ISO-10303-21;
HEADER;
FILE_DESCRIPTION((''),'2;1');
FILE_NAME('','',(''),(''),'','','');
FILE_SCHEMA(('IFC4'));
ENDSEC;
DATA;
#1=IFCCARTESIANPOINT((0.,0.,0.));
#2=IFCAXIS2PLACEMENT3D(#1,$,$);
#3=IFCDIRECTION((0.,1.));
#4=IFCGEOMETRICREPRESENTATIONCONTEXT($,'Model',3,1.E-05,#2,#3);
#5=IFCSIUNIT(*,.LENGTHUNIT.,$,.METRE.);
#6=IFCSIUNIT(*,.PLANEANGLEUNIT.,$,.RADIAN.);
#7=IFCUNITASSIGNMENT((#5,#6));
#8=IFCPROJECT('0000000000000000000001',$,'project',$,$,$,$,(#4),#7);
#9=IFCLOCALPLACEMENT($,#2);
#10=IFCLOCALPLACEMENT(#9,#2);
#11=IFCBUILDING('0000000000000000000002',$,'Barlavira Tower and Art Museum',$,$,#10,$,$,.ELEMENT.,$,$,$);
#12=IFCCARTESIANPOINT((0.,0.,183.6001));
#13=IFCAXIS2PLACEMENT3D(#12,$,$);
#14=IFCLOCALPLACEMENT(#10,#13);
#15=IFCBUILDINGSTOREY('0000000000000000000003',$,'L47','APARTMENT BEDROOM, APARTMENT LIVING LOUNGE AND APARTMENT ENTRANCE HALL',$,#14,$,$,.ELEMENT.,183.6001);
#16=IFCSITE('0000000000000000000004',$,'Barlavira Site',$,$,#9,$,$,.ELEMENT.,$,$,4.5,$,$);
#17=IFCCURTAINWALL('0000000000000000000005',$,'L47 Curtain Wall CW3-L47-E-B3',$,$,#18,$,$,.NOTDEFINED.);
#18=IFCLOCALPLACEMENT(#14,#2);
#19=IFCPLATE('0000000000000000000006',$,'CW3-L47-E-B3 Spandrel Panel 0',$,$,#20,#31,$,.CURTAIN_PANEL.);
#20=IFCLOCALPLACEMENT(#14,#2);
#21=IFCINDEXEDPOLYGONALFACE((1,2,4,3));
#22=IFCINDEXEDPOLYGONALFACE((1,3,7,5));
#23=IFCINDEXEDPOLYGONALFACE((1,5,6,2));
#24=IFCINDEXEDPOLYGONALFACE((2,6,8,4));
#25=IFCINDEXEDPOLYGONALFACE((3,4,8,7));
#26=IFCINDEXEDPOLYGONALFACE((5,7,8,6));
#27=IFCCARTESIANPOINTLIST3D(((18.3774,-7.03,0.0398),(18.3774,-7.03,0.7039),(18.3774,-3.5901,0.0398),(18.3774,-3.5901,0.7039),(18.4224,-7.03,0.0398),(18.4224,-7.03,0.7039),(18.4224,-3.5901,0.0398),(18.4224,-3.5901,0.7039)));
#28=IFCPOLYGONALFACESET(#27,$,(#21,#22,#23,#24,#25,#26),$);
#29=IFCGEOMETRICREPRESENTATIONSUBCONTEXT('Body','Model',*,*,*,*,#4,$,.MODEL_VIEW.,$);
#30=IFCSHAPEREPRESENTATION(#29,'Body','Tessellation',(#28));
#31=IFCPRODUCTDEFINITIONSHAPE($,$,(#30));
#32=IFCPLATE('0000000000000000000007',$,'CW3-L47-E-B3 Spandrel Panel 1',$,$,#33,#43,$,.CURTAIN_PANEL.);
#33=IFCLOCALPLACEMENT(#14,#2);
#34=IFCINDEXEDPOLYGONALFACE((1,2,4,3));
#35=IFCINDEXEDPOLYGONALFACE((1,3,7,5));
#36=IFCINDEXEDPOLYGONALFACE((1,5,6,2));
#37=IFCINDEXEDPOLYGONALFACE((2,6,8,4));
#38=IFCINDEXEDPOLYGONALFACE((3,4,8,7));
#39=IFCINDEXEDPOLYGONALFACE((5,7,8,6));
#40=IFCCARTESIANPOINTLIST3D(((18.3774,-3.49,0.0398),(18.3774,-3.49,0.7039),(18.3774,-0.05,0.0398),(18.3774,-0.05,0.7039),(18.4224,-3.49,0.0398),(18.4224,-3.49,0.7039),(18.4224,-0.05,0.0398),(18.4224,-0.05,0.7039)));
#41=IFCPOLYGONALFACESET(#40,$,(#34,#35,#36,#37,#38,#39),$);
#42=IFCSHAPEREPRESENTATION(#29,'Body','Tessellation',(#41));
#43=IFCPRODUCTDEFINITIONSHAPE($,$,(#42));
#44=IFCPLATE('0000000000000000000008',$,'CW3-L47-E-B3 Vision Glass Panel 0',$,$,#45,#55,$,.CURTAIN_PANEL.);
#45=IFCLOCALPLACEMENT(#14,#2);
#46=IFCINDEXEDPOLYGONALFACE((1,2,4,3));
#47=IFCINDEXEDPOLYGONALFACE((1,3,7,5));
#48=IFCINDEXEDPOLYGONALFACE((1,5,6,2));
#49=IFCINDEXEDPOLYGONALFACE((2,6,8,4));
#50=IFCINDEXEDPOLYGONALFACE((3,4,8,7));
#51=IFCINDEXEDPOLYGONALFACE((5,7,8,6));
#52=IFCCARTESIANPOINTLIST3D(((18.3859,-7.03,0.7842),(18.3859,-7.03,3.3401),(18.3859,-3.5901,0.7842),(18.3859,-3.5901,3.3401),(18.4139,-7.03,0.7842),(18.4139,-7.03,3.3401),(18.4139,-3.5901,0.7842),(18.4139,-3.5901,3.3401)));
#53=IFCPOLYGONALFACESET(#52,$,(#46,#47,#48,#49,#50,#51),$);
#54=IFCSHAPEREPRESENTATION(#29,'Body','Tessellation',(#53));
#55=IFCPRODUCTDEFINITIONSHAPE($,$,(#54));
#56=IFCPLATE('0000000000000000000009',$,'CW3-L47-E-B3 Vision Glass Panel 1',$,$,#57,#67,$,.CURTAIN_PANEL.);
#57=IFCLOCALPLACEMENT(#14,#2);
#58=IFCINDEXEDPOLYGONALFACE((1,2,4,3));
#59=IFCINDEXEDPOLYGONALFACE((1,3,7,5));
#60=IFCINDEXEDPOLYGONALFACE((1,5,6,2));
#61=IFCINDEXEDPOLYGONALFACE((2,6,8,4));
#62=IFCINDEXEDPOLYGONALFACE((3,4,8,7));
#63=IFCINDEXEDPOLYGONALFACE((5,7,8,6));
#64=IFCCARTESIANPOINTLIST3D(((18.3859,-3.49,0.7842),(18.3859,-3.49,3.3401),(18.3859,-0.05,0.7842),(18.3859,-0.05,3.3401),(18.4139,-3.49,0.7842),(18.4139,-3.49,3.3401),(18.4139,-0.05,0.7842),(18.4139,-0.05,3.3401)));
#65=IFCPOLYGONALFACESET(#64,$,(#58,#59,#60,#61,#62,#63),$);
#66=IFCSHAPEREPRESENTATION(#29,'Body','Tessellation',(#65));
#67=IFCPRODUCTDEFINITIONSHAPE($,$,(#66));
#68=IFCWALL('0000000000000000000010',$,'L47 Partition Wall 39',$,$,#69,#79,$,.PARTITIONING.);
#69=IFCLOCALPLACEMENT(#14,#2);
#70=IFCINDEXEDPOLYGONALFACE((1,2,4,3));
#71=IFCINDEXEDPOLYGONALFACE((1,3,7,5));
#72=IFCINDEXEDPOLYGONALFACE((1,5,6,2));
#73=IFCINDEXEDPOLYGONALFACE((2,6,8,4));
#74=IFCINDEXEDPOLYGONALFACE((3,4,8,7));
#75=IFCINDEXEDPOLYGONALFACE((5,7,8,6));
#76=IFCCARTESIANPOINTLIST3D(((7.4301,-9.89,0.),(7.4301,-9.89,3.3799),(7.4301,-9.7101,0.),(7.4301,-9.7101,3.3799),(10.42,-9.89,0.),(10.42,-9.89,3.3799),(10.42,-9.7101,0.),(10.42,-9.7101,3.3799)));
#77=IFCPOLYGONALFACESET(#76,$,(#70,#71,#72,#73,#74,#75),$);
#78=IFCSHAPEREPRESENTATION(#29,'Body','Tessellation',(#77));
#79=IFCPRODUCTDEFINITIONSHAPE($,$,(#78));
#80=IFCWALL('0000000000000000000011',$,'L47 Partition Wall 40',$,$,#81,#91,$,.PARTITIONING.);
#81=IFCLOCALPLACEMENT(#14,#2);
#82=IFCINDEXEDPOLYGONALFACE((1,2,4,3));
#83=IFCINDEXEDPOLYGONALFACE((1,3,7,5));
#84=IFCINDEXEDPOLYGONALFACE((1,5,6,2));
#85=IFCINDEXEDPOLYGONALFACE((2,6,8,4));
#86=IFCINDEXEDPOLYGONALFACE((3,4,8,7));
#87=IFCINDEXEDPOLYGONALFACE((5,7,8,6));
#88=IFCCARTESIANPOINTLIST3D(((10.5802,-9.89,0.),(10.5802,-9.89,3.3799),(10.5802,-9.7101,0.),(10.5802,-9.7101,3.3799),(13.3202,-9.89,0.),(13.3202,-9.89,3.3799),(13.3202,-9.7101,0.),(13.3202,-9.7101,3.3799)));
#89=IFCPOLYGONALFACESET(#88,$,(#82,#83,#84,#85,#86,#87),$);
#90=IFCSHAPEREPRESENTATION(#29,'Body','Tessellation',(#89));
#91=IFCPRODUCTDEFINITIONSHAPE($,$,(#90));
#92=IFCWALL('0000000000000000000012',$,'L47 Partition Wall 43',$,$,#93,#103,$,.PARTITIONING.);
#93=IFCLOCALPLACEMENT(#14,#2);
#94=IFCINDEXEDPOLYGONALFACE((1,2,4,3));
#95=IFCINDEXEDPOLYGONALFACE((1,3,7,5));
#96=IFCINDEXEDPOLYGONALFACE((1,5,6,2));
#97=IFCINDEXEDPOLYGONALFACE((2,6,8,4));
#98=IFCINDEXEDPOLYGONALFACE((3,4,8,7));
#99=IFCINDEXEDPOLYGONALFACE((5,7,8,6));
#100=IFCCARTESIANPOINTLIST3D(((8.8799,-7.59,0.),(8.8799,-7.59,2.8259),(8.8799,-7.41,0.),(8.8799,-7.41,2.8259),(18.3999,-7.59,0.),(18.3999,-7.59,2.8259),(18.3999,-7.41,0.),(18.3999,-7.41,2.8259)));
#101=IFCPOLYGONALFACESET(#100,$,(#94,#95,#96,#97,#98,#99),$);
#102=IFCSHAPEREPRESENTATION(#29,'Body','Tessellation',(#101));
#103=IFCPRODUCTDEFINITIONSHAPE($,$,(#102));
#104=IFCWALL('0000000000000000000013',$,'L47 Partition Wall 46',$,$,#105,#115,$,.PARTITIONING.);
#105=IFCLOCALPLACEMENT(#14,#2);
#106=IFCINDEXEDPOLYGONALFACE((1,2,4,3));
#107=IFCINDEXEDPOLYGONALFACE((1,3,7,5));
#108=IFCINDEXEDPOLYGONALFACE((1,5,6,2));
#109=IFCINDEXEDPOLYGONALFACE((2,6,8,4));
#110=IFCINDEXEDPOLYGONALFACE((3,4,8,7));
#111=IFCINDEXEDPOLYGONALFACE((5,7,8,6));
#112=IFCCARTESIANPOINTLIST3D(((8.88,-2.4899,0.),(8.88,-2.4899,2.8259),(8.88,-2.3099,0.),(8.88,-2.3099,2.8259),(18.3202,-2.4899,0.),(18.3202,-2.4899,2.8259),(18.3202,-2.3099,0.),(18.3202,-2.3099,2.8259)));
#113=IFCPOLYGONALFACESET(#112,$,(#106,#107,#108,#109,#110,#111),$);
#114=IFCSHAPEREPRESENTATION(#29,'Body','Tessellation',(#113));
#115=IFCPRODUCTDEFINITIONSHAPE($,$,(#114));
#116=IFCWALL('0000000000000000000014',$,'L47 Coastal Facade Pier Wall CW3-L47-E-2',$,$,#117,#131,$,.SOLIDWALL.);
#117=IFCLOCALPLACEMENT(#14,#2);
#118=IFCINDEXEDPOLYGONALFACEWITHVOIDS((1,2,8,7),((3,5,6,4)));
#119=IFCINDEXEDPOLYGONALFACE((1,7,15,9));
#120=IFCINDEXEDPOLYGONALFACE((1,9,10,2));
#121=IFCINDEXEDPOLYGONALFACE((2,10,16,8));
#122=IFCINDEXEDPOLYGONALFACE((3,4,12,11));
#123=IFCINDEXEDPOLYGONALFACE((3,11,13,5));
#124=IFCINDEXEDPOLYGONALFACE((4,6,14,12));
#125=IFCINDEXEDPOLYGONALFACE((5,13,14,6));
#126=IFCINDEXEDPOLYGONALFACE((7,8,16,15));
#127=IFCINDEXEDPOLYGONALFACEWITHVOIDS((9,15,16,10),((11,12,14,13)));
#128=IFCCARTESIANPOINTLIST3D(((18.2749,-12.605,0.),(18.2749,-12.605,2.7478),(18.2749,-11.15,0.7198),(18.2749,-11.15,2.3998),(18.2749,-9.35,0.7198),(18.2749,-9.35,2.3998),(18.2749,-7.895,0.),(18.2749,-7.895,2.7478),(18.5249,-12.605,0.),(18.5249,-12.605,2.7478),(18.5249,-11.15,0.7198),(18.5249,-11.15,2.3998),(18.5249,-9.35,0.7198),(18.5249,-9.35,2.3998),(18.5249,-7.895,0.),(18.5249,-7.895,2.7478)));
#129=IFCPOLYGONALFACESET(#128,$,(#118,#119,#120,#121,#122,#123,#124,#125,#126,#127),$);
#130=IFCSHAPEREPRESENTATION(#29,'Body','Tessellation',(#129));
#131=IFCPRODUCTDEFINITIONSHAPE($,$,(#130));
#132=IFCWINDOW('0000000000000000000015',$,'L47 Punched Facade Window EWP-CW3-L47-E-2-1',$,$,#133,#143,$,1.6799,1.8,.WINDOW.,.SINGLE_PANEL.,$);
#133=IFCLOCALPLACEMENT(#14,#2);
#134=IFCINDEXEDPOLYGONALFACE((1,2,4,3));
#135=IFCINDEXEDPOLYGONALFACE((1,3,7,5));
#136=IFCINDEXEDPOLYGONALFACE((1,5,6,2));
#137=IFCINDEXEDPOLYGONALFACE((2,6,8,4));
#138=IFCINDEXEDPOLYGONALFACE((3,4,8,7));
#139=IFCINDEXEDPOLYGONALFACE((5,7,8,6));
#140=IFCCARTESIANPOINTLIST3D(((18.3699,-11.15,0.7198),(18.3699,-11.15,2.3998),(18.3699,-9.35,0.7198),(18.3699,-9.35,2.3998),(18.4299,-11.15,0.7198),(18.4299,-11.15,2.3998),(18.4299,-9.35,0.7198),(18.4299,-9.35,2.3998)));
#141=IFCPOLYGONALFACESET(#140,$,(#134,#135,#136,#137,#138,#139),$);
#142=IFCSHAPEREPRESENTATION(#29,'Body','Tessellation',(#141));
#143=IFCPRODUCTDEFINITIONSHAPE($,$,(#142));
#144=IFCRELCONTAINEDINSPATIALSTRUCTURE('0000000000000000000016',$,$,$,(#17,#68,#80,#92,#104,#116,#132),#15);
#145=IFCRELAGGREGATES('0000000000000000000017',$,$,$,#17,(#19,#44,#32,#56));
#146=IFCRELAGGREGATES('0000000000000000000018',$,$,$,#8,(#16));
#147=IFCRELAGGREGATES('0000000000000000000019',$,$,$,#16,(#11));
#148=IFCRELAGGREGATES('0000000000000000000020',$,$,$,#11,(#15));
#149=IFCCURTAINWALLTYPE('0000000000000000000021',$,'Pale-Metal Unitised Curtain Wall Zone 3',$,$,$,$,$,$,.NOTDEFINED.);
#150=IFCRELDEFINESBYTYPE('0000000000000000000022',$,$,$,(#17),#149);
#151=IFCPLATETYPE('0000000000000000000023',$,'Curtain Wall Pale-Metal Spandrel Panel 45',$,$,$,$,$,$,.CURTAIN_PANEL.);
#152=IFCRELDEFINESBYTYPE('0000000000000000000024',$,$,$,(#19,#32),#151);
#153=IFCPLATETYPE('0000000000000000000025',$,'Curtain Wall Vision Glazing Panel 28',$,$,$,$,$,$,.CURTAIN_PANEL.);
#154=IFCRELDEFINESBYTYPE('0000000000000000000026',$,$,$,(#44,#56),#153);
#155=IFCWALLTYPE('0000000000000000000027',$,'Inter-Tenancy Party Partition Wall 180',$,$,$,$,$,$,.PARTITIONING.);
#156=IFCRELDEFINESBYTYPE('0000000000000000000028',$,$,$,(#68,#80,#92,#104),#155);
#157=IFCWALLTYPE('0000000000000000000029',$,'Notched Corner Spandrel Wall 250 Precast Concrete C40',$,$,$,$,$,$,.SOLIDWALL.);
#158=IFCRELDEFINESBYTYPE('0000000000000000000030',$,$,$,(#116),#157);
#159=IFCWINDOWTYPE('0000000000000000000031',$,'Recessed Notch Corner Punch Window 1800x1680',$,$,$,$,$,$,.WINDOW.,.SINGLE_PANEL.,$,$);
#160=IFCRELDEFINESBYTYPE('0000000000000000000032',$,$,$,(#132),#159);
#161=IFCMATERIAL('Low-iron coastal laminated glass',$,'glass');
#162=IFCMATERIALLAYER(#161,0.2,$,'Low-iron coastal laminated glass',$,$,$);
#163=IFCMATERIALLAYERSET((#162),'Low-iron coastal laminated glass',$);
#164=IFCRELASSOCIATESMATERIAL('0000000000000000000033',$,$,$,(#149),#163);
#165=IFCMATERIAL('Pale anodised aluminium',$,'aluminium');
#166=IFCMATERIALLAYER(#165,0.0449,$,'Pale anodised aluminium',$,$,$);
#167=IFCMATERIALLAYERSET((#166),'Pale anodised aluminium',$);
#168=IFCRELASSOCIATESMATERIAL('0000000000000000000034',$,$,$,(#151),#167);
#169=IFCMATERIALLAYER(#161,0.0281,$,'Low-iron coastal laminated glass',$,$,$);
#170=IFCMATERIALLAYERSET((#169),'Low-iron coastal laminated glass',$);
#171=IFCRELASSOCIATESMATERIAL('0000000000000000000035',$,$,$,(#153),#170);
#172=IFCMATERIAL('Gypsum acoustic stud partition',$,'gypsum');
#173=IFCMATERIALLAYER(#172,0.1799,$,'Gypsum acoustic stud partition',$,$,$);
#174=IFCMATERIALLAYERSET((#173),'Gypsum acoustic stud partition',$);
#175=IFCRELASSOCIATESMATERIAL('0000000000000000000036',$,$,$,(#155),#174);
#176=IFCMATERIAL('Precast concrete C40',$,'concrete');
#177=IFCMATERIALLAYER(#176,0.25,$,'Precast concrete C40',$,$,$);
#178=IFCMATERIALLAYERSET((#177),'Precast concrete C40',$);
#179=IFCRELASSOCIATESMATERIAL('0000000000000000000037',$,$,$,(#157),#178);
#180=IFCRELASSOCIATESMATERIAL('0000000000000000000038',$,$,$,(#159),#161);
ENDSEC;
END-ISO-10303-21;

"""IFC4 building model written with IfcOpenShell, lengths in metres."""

from ifc_helpers import new_model, si_unit, direction, frame, frame_2d, origin, origin_2d, place, context, subcontext, project, spatial, rectangle, extrude, material, layer, layer_set, type_object, element, fill, aggregate, save


model = new_model("IFC4")

# Units and contexts
model_context = context("Model", 3, precision=1e-05, world=origin(), true_north=direction((0.0, 1.0)))
body_context = subcontext(model_context, "Body", "Model", "MODEL_VIEW")
ifc_project = project(units=[si_unit("LENGTHUNIT", "METRE"), si_unit("PLANEANGLEUNIT", "RADIAN")], contexts=[model_context])

# Site, building, storey
site_placement = place(None, origin())
site = spatial("IfcSite", under=ifc_project, at=site_placement, Name="Barlavira Site", CompositionType="ELEMENT", RefElevation=4.5)
building_placement = place(site_placement, origin())
building = spatial("IfcBuilding", under=site, at=building_placement, Name="Barlavira Tower and Art Museum", CompositionType="ELEMENT")
storey_placement = place(building_placement, frame((0.0, 0.0, 183.6001)))
storey = spatial("IfcBuildingStorey", under=building, at=storey_placement, Name="L47", Description="APARTMENT BEDROOM, APARTMENT LIVING LOUNGE AND APARTMENT ENTRANCE HALL", CompositionType="ELEMENT", Elevation=183.6001)

# Curtain wall
ifc_material_1 = material(Name="Low-iron coastal laminated glass", Category="glass")
ifc_layer_1 = layer(ifc_material_1, 0.2, Name="Low-iron coastal laminated glass")
ifc_layer_set_1 = layer_set([ifc_layer_1], Name="Low-iron coastal laminated glass")
curtain_wall_type = type_object("IfcCurtainWallType", Name="Pale-Metal Unitised Curtain Wall Zone 3", PredefinedType="NOTDEFINED", material=ifc_layer_set_1)
curtain_wall_placement = place(storey_placement, origin())
curtain_wall = element("IfcCurtainWall", 1, at=curtain_wall_placement, inside=storey, type_object=curtain_wall_type, Name="L47 Curtain Wall CW3-L47-E-B3", PredefinedType="NOTDEFINED")
ifc_material_2 = material(Name="Pale anodised aluminium", Category="aluminium")

# Plates
ifc_layer_2 = layer(ifc_material_2, 0.0449, Name="Pale anodised aluminium")
ifc_layer_set_2 = layer_set([ifc_layer_2], Name="Pale anodised aluminium")
plate_type_1 = type_object("IfcPlateType", Name="Curtain Wall Pale-Metal Spandrel Panel 45", PredefinedType="CURTAIN_PANEL", material=ifc_layer_set_2)
plate_1_placement = place(storey_placement, frame((18.3999, -5.3101, 0.0398), z_axis=(0.0, 0.0, 1.0), x_axis=(0.0, 1.0, 0.0)))
plate_1 = element("IfcPlate", 2, at=plate_1_placement, type_object=plate_type_1, Name="CW3-L47-E-B3 Spandrel Panel 0", PredefinedType="CURTAIN_PANEL", context=body_context, shape_type="SweptSolid", body=[
    extrude(rectangle(XDim=3.4399, YDim=0.0449, at=origin_2d()), origin(), (0.0, 0.0, 1.0), 0.6641),
])
plate_2_placement = place(storey_placement, frame((18.3999, -1.77, 0.0398), z_axis=(0.0, 0.0, 1.0), x_axis=(0.0, 1.0, 0.0)))
plate_2 = element("IfcPlate", 3, at=plate_2_placement, type_object=plate_type_1, Name="CW3-L47-E-B3 Spandrel Panel 1", PredefinedType="CURTAIN_PANEL", context=body_context, shape_type="SweptSolid", body=[
    extrude(rectangle(XDim=3.4399, YDim=0.0449, at=origin_2d()), origin(), (0.0, 0.0, 1.0), 0.6641),
])
ifc_layer_3 = layer(ifc_material_1, 0.0281, Name="Low-iron coastal laminated glass")
ifc_layer_set_3 = layer_set([ifc_layer_3], Name="Low-iron coastal laminated glass")
plate_type_2 = type_object("IfcPlateType", Name="Curtain Wall Vision Glazing Panel 28", PredefinedType="CURTAIN_PANEL", material=ifc_layer_set_3)
plate_3_placement = place(storey_placement, frame((18.3999, -5.3101, 0.7842), z_axis=(0.0, 0.0, 1.0), x_axis=(0.0, 1.0, 0.0)))
plate_3 = element("IfcPlate", 4, at=plate_3_placement, type_object=plate_type_2, Name="CW3-L47-E-B3 Vision Glass Panel 0", PredefinedType="CURTAIN_PANEL", context=body_context, shape_type="SweptSolid", body=[
    extrude(rectangle(XDim=3.4399, YDim=0.0281, at=origin_2d()), origin(), (0.0, 0.0, 1.0), 2.5559),
])
plate_4_placement = place(storey_placement, frame((18.3999, -1.77, 0.7842), z_axis=(0.0, 0.0, 1.0), x_axis=(0.0, 1.0, 0.0)))
plate_4 = element("IfcPlate", 5, at=plate_4_placement, type_object=plate_type_2, Name="CW3-L47-E-B3 Vision Glass Panel 1", PredefinedType="CURTAIN_PANEL", context=body_context, shape_type="SweptSolid", body=[
    extrude(rectangle(XDim=3.4399, YDim=0.0281, at=origin_2d()), origin(), (0.0, 0.0, 1.0), 2.5559),
])
aggregate(curtain_wall, [plate_1, plate_3, plate_2, plate_4])

# Shared definitions
ifc_material_3 = material(Name="Gypsum acoustic stud partition", Category="gypsum")
ifc_layer_4 = layer(ifc_material_3, 0.1799, Name="Gypsum acoustic stud partition")
ifc_layer_set_4 = layer_set([ifc_layer_4], Name="Gypsum acoustic stud partition")
wall_type_1 = type_object("IfcWallType", Name="Inter-Tenancy Party Partition Wall 180", PredefinedType="PARTITIONING", material=ifc_layer_set_4)

# Walls
wall_1_placement = place(storey_placement, frame((7.4299, -9.8, 0.0), z_axis=(0.0, 0.0, 1.0), x_axis=(1.0, 0.0, 0.0)))
element("IfcWall", 6, at=wall_1_placement, inside=storey, type_object=wall_type_1, Name="L47 Partition Wall 39", PredefinedType="PARTITIONING", context=body_context, shape_type="SweptSolid", body=[
    extrude(rectangle(XDim=2.99, YDim=0.1799, at=frame_2d((1.4951, 0.0))), origin(), (0.0, 0.0, 1.0), 3.3799),
])
wall_2_placement = place(storey_placement, frame((10.5801, -9.8, 0.0), z_axis=(0.0, 0.0, 1.0), x_axis=(1.0, 0.0, 0.0)))
element("IfcWall", 7, at=wall_2_placement, inside=storey, type_object=wall_type_1, Name="L47 Partition Wall 40", PredefinedType="PARTITIONING", context=body_context, shape_type="SweptSolid", body=[
    extrude(rectangle(XDim=2.74, YDim=0.1799, at=frame_2d((1.3701, 0.0))), origin(), (0.0, 0.0, 1.0), 3.3799),
])
wall_3_placement = place(storey_placement, frame((8.8799, -7.5, 0.0), z_axis=(0.0, 0.0, 1.0), x_axis=(1.0, 0.0, 0.0)))
element("IfcWall", 8, at=wall_3_placement, inside=storey, type_object=wall_type_1, Name="L47 Partition Wall 43", PredefinedType="PARTITIONING", context=body_context, shape_type="SweptSolid", body=[
    extrude(rectangle(XDim=9.52, YDim=0.1799, at=frame_2d((4.76, 0.0))), origin(), (0.0, 0.0, 1.0), 2.8259),
])
wall_4_placement = place(storey_placement, frame((8.8799, -2.3999, 0.0), z_axis=(0.0, 0.0, 1.0), x_axis=(1.0, 0.0, 0.0)))
element("IfcWall", 9, at=wall_4_placement, inside=storey, type_object=wall_type_1, Name="L47 Partition Wall 46", PredefinedType="PARTITIONING", context=body_context, shape_type="SweptSolid", body=[
    extrude(rectangle(XDim=9.4402, YDim=0.1799, at=frame_2d((4.7202, 0.0))), origin(), (0.0, 0.0, 1.0), 2.8259),
])

# Wall, opening, window
ifc_material_4 = material(Name="Precast concrete C40", Category="concrete")
ifc_layer_5 = layer(ifc_material_4, 0.25, Name="Precast concrete C40")
ifc_layer_set_5 = layer_set([ifc_layer_5], Name="Precast concrete C40")
wall_type_2 = type_object("IfcWallType", Name="Notched Corner Spandrel Wall 250 Precast Concrete C40", PredefinedType="SOLIDWALL", material=ifc_layer_set_5)
wall_5_placement = place(storey_placement, frame((18.3999, -12.605, 0.0), z_axis=(0.0, 0.0, 1.0), x_axis=(0.0, 1.0, 0.0)))
wall_5 = element("IfcWall", 10, at=wall_5_placement, inside=storey, type_object=wall_type_2, Name="L47 Coastal Facade Pier Wall CW3-L47-E-2", PredefinedType="SOLIDWALL", context=body_context, shape_type="SweptSolid", body=[
    extrude(rectangle(XDim=4.71, YDim=0.25, at=frame_2d((2.355, 0.0))), origin(), (0.0, 0.0, 1.0), 2.7478),
])
opening_1_placement = place(wall_5_placement, frame((1.4551, 0.0, 0.72)))
opening_1 = element("IfcOpeningElement", 11, at=opening_1_placement, cuts=wall_5, PredefinedType="OPENING", context=body_context, shape_type="SweptSolid", body=[
    extrude(rectangle(XDim=1.8, YDim=1.6799, at=frame_2d((0.8999, 0.8398))), frame((0.0, 0.135, 0.0), z_axis=(0.0, -1.0, 0.0), x_axis=(1.0, 0.0, 0.0)), (0.0, 0.0, 1.0), 0.27),
])
window_type = type_object("IfcWindowType", Name="Recessed Notch Corner Punch Window 1800x1680", PartitioningType="SINGLE_PANEL", PredefinedType="WINDOW", material=ifc_material_1)
window_placement = place(opening_1_placement, origin())
window = element("IfcWindow", 12, at=window_placement, inside=storey, type_object=window_type, Name="L47 Punched Facade Window EWP-CW3-L47-E-2-1", OverallHeight=1.6799, OverallWidth=1.8, PartitioningType="SINGLE_PANEL", PredefinedType="WINDOW", context=body_context, shape_type="SweptSolid", body=[
    extrude(rectangle(XDim=1.8, YDim=1.6799, at=frame_2d((0.8999, 0.8398))), frame((0.0, 0.03, 0.0), z_axis=(0.0, -1.0, 0.0), x_axis=(1.0, 0.0, 0.0)), (0.0, 0.0, 1.0), 0.0601),
])
fill(opening_1, window)

save(model, "model.ifc")
